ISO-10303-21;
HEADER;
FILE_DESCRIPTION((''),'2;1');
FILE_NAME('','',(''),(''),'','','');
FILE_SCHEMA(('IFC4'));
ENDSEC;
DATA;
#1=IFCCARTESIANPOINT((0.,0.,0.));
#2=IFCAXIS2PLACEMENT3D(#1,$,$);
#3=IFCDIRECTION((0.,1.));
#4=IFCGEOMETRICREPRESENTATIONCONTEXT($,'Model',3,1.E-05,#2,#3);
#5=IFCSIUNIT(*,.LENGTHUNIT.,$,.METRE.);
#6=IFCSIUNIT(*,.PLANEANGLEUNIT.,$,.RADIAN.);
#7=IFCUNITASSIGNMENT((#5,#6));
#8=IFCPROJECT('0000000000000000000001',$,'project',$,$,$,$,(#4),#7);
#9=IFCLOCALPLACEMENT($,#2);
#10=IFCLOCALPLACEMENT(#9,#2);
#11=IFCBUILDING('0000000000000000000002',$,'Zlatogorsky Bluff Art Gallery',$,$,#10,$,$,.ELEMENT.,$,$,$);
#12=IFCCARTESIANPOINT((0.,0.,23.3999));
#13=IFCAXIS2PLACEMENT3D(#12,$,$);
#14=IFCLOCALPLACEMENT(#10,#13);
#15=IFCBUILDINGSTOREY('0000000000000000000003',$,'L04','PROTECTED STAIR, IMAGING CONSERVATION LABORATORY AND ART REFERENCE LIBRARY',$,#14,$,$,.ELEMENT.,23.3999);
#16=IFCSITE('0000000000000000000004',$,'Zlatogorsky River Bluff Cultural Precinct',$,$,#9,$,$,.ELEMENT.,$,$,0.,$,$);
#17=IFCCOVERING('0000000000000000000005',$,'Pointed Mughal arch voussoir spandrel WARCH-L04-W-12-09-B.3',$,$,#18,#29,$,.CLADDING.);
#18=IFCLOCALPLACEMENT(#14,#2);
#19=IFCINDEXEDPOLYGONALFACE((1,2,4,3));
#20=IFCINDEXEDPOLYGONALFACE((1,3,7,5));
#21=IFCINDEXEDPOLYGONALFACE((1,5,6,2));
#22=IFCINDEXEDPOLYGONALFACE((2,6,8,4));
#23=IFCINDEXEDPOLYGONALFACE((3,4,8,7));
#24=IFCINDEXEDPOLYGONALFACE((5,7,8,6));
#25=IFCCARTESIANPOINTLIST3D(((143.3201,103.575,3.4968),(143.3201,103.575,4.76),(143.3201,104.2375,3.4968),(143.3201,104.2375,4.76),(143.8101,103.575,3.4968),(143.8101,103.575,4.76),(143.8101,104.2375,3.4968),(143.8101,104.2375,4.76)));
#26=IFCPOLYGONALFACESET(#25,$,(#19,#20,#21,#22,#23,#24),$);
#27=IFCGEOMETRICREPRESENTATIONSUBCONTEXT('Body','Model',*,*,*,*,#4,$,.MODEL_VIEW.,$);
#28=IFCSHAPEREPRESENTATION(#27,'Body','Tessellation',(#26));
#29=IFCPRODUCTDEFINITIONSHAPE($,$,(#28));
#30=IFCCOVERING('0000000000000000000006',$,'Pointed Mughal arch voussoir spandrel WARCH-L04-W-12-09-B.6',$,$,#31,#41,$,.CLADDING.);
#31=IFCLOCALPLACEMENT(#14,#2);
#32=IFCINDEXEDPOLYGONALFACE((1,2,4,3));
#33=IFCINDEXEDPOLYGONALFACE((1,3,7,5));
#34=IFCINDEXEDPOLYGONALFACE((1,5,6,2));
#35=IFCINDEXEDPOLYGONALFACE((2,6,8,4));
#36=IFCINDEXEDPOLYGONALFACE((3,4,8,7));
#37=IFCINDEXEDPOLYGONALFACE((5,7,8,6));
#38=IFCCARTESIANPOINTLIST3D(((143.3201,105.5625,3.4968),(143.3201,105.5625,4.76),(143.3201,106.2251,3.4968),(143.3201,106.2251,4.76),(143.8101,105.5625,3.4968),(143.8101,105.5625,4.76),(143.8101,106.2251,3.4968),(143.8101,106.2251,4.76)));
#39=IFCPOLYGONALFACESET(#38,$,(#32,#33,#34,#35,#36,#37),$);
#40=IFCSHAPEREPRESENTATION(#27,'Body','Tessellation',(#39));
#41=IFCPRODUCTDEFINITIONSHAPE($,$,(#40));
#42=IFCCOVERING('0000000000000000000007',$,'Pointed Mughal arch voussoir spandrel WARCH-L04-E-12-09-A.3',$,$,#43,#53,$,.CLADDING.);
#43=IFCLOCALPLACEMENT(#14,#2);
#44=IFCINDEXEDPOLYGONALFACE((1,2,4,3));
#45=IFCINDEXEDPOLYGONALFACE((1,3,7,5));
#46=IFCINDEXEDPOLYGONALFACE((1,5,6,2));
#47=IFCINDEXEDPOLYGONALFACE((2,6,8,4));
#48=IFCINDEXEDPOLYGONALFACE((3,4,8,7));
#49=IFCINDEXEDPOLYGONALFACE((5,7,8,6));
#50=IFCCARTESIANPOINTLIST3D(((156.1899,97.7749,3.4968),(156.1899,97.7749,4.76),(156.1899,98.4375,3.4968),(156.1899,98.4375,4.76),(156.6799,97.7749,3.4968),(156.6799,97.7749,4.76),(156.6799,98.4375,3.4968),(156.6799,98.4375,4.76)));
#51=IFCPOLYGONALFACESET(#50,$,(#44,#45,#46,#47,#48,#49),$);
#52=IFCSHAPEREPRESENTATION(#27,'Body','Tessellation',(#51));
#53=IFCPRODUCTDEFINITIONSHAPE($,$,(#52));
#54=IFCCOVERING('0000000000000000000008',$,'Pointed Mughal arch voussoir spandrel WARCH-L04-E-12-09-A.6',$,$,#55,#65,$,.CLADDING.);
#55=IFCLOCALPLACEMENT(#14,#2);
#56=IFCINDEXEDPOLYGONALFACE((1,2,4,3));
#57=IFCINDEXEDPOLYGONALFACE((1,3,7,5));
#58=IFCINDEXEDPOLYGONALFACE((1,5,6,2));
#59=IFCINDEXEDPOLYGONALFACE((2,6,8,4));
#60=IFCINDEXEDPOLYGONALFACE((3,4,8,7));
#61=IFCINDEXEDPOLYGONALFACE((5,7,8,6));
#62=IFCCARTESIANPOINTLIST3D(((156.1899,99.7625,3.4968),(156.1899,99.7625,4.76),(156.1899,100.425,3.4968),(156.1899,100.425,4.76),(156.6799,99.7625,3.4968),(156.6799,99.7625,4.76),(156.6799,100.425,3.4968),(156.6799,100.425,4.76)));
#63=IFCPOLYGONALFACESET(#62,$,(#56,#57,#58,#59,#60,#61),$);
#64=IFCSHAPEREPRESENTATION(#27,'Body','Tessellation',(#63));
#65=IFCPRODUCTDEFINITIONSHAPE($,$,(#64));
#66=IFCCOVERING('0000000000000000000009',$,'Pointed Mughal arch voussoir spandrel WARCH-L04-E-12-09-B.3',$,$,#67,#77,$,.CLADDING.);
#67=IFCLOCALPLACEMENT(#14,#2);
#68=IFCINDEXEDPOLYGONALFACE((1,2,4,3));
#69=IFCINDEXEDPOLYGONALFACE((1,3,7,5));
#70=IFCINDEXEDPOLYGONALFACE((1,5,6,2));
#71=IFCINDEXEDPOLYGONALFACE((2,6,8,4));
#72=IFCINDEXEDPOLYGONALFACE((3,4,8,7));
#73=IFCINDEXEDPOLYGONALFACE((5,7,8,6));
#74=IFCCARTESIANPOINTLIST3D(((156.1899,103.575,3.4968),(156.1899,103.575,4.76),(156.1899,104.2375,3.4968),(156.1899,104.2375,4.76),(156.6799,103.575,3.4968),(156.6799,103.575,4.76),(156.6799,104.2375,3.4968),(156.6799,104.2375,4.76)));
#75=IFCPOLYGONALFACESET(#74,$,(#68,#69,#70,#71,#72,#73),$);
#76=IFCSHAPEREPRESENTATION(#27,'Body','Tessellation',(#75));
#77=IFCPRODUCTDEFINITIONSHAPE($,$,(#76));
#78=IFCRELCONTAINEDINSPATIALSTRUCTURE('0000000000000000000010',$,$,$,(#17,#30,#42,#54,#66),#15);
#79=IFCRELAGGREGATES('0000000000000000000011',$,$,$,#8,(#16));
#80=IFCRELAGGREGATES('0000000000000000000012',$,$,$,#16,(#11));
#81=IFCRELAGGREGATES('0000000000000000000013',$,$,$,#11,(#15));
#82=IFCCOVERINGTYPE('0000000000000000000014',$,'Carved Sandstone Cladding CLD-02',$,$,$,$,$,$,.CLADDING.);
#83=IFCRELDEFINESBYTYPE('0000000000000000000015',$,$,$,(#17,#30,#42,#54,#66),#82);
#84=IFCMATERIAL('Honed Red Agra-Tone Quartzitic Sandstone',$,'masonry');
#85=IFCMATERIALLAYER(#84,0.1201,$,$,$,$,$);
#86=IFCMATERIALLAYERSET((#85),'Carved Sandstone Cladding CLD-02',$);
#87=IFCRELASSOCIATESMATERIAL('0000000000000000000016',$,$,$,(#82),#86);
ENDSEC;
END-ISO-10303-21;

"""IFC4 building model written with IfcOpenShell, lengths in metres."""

from ifc_helpers import new_model, si_unit, direction, frame, origin, place, context, subcontext, project, spatial, polyline, outline, extrude, material, layer, layer_set, type_object, element, save


model = new_model("IFC4")

# Units and contexts
model_context = context("Model", 3, precision=1e-05, world=origin(), true_north=direction((0.0, 1.0)))
body_context = subcontext(model_context, "Body", "Model", "MODEL_VIEW")
ifc_project = project(units=[si_unit("LENGTHUNIT", "METRE"), si_unit("PLANEANGLEUNIT", "RADIAN")], contexts=[model_context])

# Site, building, storey
site_placement = place(None, origin())
site = spatial("IfcSite", under=ifc_project, at=site_placement, Name="Zlatogorsky River Bluff Cultural Precinct", CompositionType="ELEMENT", RefElevation=0.0)
building_placement = place(site_placement, origin())
building = spatial("IfcBuilding", under=site, at=building_placement, Name="Zlatogorsky Bluff Art Gallery", CompositionType="ELEMENT")
storey_placement = place(building_placement, frame((0.0, 0.0, 23.3999)))
storey = spatial("IfcBuildingStorey", under=building, at=storey_placement, Name="L04", Description="PROTECTED STAIR, IMAGING CONSERVATION LABORATORY AND ART REFERENCE LIBRARY", CompositionType="ELEMENT", Elevation=23.3999)

# Coverings
ifc_material = material(Name="Honed Red Agra-Tone Quartzitic Sandstone", Category="masonry")
ifc_layer = layer(ifc_material, 0.1201)
ifc_layer_set = layer_set([ifc_layer], Name="Carved Sandstone Cladding CLD-02")
covering_type = type_object("IfcCoveringType", Name="Carved Sandstone Cladding CLD-02", PredefinedType="CLADDING", material=ifc_layer_set)
covering_1_placement = place(storey_placement, frame((0.0, 0.0, 3.4968)))
element("IfcCovering", 1, at=covering_1_placement, inside=storey, type_object=covering_type, Name="Pointed Mughal arch voussoir spandrel WARCH-L04-W-12-09-B.3", PredefinedType="CLADDING", context=body_context, shape_type="SweptSolid", body=[
    extrude(outline(polyline([(143.3201, 103.575), (143.3201, 104.2375), (143.8101, 104.2375), (143.8101, 103.575), (143.3201, 103.575)])), origin(), (0.0, 0.0, 1.0), 1.2632),
])
covering_2_placement = place(storey_placement, frame((0.0, 0.0, 3.4968)))
element("IfcCovering", 2, at=covering_2_placement, inside=storey, type_object=covering_type, Name="Pointed Mughal arch voussoir spandrel WARCH-L04-W-12-09-B.6", PredefinedType="CLADDING", context=body_context, shape_type="SweptSolid", body=[
    extrude(outline(polyline([(143.3201, 105.5625), (143.3201, 106.2251), (143.8101, 106.2251), (143.8101, 105.5625), (143.3201, 105.5625)])), origin(), (0.0, 0.0, 1.0), 1.2632),
])
covering_3_placement = place(storey_placement, frame((0.0, 0.0, 3.4968)))
element("IfcCovering", 3, at=covering_3_placement, inside=storey, type_object=covering_type, Name="Pointed Mughal arch voussoir spandrel WARCH-L04-E-12-09-A.3", PredefinedType="CLADDING", context=body_context, shape_type="SweptSolid", body=[
    extrude(outline(polyline([(156.1899, 97.7749), (156.1899, 98.4375), (156.6799, 98.4375), (156.6799, 97.7749), (156.1899, 97.7749)])), origin(), (0.0, 0.0, 1.0), 1.2632),
])
covering_4_placement = place(storey_placement, frame((0.0, 0.0, 3.4968)))
element("IfcCovering", 4, at=covering_4_placement, inside=storey, type_object=covering_type, Name="Pointed Mughal arch voussoir spandrel WARCH-L04-E-12-09-A.6", PredefinedType="CLADDING", context=body_context, shape_type="SweptSolid", body=[
    extrude(outline(polyline([(156.1899, 99.7625), (156.1899, 100.425), (156.6799, 100.425), (156.6799, 99.7625), (156.1899, 99.7625)])), origin(), (0.0, 0.0, 1.0), 1.2632),
])
covering_5_placement = place(storey_placement, frame((0.0, 0.0, 3.4968)))
element("IfcCovering", 5, at=covering_5_placement, inside=storey, type_object=covering_type, Name="Pointed Mughal arch voussoir spandrel WARCH-L04-E-12-09-B.3", PredefinedType="CLADDING", context=body_context, shape_type="SweptSolid", body=[
    extrude(outline(polyline([(156.1899, 103.575), (156.1899, 104.2375), (156.6799, 104.2375), (156.6799, 103.575), (156.1899, 103.575)])), origin(), (0.0, 0.0, 1.0), 1.2632),
])

save(model, "model.ifc")
